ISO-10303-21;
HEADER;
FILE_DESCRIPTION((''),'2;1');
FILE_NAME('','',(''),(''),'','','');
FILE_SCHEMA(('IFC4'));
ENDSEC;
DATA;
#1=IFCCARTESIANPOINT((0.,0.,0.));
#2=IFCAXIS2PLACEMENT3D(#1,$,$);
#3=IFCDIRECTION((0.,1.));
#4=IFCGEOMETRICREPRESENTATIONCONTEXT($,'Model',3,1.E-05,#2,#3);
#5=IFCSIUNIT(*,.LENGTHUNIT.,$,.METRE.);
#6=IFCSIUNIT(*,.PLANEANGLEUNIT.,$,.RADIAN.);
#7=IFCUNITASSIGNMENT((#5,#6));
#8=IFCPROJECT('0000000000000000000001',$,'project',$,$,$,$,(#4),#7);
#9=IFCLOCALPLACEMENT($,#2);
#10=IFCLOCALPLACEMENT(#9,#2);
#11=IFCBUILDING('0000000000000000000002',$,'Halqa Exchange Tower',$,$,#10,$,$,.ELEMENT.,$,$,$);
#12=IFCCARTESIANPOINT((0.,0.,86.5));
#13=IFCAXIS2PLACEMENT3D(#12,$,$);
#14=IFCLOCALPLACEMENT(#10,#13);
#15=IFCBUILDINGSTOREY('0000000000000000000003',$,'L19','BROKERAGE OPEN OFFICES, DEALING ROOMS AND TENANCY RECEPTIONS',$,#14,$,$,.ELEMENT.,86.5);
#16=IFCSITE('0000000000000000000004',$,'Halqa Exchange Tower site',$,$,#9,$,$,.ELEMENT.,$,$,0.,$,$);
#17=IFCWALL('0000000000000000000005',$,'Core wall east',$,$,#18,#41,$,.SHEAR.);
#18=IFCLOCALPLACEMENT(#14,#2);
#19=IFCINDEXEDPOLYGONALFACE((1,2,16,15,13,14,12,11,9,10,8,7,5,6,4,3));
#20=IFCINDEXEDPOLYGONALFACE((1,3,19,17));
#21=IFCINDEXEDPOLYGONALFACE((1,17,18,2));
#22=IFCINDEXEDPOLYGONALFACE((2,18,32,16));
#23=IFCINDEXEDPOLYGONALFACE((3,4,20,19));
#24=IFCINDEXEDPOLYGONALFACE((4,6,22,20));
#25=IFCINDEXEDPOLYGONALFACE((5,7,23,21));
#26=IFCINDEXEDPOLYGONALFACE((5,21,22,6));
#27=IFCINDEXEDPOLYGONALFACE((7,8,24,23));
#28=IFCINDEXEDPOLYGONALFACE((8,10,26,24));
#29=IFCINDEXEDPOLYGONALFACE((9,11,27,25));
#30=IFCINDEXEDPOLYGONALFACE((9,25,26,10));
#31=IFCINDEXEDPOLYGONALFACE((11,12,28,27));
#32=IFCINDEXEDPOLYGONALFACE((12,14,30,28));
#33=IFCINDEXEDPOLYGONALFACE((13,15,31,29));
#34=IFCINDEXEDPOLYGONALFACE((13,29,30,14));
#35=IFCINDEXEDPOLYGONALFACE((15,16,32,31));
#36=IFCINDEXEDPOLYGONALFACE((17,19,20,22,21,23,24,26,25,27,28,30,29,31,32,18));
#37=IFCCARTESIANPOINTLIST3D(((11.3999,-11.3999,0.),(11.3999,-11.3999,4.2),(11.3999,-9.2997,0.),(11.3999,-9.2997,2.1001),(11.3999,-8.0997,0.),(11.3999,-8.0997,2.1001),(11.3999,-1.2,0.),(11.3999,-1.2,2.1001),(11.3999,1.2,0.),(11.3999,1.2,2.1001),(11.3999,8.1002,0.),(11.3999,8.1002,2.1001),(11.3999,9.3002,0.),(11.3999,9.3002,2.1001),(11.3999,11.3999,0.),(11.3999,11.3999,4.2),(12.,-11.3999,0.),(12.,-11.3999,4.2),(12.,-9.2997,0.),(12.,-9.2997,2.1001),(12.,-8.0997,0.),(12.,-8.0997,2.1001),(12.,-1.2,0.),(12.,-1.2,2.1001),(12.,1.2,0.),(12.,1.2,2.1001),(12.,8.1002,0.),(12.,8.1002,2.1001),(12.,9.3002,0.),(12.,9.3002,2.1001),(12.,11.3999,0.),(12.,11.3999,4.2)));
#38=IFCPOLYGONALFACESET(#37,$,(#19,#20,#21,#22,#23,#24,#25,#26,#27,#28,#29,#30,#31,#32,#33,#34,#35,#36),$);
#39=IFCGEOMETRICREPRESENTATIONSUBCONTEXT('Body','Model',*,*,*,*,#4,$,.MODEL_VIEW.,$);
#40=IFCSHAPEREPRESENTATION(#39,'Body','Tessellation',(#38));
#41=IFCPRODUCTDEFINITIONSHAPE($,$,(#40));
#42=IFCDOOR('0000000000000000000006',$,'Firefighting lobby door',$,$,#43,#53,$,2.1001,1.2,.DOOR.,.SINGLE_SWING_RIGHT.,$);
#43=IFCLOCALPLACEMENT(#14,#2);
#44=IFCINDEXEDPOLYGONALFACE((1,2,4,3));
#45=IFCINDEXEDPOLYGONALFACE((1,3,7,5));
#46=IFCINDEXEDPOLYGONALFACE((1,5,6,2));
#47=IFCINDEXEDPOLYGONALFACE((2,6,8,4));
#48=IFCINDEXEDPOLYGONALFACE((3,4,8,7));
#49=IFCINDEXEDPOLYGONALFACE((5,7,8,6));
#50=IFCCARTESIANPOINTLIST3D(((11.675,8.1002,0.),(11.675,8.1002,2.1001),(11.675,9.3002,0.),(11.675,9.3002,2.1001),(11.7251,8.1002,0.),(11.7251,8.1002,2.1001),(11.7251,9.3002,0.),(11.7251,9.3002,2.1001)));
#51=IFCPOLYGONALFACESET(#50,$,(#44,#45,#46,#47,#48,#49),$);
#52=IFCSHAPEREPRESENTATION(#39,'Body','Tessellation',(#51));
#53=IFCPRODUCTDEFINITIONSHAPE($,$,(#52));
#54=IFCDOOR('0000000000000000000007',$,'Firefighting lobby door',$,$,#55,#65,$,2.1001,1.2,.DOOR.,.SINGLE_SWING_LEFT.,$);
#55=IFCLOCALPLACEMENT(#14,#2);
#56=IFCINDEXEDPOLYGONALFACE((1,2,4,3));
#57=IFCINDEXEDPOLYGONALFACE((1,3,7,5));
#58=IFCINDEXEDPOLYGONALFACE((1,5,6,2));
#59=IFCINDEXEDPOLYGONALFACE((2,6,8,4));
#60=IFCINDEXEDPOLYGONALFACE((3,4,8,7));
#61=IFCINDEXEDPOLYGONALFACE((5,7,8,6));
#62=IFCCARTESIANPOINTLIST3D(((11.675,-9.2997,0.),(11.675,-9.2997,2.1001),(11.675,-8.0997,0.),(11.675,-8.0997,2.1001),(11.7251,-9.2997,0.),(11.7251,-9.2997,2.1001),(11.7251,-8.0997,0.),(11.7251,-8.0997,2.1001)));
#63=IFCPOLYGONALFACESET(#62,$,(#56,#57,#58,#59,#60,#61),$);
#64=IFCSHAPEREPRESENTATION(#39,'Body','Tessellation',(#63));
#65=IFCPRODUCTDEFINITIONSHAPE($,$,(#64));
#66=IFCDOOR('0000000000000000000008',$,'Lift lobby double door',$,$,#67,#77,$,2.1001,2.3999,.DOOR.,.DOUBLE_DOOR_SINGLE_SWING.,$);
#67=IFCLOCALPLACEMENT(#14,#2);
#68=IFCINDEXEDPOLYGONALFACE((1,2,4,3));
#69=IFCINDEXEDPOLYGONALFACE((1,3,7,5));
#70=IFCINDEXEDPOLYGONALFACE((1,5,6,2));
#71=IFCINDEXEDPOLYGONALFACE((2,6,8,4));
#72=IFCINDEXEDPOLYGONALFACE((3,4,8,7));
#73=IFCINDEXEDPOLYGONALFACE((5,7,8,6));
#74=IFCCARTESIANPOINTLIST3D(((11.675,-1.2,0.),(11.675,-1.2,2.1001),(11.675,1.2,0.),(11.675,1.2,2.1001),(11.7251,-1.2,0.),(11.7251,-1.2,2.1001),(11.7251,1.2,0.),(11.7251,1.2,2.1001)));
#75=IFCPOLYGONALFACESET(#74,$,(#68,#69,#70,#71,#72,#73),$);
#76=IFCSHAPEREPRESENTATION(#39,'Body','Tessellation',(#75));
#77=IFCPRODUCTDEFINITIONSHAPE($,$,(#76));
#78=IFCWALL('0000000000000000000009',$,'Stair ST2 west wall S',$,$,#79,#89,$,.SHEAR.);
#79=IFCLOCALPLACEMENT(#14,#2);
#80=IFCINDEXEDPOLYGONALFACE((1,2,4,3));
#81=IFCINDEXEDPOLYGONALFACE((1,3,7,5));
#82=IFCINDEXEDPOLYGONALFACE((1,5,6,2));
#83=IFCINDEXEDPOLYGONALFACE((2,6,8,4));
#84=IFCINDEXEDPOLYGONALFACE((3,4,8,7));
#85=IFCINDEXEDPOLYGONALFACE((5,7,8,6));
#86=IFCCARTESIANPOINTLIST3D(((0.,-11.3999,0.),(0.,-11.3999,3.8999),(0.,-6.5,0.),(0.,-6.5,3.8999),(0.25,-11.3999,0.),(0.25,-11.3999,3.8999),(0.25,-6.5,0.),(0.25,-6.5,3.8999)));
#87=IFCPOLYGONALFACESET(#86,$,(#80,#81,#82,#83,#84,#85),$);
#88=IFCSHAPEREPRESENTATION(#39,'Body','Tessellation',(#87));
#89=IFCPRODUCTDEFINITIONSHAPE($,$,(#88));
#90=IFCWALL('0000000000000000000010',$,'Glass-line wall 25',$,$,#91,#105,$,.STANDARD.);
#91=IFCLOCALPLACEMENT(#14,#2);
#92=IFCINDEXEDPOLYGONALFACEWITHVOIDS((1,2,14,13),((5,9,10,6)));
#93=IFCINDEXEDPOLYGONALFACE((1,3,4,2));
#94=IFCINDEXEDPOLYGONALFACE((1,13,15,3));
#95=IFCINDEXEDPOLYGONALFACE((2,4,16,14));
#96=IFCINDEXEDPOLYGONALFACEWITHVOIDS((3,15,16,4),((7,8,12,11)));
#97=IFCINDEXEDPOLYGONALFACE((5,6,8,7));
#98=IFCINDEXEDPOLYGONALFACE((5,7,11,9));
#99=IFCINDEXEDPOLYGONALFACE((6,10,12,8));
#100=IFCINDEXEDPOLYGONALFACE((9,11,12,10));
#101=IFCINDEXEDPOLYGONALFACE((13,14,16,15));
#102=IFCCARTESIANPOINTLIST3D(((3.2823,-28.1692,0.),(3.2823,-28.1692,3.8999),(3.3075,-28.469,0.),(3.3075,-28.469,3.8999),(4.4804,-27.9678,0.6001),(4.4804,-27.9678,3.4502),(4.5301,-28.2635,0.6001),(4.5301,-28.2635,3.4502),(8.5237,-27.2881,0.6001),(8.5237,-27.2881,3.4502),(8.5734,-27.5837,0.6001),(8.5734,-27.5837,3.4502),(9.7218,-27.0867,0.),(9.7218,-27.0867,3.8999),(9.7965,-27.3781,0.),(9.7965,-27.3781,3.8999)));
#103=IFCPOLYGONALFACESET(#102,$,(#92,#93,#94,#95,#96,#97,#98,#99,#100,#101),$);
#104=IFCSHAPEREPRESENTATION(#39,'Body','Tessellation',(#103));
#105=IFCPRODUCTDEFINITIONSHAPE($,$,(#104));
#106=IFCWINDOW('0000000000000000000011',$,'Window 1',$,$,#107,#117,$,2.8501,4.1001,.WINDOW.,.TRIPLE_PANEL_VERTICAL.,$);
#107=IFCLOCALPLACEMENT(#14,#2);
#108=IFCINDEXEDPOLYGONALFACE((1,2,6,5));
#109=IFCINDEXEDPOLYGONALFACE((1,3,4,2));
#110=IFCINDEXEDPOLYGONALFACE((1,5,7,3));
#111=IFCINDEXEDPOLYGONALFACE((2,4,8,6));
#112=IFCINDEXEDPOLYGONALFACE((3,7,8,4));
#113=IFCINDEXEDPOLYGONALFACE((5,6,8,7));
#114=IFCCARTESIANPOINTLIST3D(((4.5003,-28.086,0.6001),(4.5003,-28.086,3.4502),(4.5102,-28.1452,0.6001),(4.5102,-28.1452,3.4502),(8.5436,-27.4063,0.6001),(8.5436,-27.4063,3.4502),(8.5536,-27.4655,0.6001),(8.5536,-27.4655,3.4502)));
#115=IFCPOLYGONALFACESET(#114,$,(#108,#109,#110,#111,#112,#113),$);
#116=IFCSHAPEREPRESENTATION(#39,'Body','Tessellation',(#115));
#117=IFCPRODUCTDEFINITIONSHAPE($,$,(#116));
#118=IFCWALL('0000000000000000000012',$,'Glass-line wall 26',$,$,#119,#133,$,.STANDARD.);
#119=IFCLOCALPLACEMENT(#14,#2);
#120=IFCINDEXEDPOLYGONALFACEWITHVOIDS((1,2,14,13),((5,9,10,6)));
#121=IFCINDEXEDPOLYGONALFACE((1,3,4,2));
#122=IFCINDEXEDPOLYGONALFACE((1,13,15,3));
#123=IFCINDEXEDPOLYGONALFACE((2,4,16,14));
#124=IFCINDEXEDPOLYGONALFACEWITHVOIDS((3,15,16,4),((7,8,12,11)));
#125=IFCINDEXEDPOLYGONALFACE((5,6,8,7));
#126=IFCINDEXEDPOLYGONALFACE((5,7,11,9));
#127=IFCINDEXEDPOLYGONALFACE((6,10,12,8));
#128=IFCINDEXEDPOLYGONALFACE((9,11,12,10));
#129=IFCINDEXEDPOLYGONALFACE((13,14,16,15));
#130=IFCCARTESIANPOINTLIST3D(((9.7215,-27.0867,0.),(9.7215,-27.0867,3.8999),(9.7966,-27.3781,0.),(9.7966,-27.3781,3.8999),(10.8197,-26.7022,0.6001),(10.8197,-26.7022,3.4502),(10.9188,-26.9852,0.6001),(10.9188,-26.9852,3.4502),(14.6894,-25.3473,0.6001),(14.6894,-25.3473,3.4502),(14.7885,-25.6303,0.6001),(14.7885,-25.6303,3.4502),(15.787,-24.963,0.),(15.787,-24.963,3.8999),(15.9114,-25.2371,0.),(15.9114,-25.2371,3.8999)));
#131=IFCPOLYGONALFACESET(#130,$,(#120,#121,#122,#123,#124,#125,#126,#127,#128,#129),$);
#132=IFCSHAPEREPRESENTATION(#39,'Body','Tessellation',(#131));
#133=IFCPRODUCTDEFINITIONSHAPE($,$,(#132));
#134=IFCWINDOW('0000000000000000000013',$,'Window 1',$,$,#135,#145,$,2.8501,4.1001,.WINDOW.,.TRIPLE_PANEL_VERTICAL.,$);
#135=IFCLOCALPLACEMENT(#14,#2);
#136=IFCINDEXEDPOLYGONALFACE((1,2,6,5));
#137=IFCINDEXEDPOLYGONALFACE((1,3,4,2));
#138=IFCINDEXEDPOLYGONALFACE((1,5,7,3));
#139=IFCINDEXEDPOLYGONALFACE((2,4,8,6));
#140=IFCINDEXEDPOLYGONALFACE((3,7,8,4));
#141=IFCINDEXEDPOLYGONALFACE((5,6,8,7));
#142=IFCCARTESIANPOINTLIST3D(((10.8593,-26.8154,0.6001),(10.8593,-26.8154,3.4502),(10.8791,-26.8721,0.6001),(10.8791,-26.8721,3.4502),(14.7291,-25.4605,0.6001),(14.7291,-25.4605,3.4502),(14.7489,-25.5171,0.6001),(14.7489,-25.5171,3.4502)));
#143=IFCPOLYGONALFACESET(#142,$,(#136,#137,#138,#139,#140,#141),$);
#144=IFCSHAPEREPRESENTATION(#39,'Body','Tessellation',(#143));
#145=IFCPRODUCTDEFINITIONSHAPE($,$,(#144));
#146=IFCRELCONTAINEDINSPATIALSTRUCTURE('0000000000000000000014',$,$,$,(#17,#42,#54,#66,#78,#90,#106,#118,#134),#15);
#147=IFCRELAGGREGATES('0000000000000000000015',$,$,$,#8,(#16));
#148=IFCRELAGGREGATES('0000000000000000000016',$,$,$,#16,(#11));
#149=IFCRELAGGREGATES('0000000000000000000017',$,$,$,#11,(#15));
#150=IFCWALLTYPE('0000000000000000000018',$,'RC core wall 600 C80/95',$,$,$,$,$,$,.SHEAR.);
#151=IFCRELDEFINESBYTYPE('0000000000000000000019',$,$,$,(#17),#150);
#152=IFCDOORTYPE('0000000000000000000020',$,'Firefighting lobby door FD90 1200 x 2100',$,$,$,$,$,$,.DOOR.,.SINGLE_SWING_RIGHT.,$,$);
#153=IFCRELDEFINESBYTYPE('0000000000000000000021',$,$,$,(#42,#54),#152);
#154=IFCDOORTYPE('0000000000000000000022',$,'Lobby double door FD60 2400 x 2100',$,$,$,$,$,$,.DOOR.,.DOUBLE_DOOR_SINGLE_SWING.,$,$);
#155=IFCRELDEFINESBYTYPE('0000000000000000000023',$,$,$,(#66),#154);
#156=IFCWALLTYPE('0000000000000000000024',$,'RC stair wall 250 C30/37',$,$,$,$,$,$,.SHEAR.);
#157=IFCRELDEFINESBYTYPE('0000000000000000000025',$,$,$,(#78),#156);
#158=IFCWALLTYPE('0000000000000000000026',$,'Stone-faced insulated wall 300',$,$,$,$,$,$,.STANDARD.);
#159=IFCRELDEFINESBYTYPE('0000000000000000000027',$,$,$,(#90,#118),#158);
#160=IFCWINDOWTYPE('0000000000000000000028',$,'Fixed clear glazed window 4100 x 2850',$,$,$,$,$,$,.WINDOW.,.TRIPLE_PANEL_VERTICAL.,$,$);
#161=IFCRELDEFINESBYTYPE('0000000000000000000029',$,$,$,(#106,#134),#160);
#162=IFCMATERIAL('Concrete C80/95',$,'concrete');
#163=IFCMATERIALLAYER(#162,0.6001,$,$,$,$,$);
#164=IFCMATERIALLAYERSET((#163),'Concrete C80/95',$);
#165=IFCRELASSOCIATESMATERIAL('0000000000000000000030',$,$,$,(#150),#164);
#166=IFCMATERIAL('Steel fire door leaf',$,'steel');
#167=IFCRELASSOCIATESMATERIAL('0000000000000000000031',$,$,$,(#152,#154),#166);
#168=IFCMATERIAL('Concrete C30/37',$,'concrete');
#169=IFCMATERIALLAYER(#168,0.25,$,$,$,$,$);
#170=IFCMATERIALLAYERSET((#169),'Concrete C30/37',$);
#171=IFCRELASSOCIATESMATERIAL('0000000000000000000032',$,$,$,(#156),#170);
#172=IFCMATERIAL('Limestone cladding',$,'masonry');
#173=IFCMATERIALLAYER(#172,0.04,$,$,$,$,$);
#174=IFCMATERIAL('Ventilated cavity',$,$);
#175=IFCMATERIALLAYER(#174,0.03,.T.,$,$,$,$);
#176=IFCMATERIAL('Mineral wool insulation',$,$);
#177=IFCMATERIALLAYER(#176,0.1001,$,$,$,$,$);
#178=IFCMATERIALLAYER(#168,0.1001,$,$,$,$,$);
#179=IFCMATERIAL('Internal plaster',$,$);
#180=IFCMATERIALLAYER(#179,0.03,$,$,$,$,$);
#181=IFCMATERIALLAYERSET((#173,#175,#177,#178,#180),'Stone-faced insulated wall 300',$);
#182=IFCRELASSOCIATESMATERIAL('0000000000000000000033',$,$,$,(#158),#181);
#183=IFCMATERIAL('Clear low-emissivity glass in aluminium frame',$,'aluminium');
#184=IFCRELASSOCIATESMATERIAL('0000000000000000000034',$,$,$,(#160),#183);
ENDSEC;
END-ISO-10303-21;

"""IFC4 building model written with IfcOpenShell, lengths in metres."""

from ifc_helpers import new_model, si_unit, direction, frame, frame_2d, origin, place, context, subcontext, project, spatial, polyline, rectangle, outline, extrude, material, layer, layer_set, type_object, element, fill, save


model = new_model("IFC4")

# Units and contexts
model_context = context("Model", 3, precision=1e-05, world=origin(), true_north=direction((0.0, 1.0)))
body_context = subcontext(model_context, "Body", "Model", "MODEL_VIEW")
ifc_project = project(units=[si_unit("LENGTHUNIT", "METRE"), si_unit("PLANEANGLEUNIT", "RADIAN")], contexts=[model_context])

# Site, building, storey
site_placement = place(None, origin())
site = spatial("IfcSite", under=ifc_project, at=site_placement, Name="Halqa Exchange Tower site", CompositionType="ELEMENT", RefElevation=0.0)
building_placement = place(site_placement, origin())
building = spatial("IfcBuilding", under=site, at=building_placement, Name="Halqa Exchange Tower", CompositionType="ELEMENT")
storey_placement = place(building_placement, frame((0.0, 0.0, 86.5)))
storey = spatial("IfcBuildingStorey", under=building, at=storey_placement, Name="L19", Description="BROKERAGE OPEN OFFICES, DEALING ROOMS AND TENANCY RECEPTIONS", CompositionType="ELEMENT", Elevation=86.5)

# Wall, openings, doors
ifc_material_1 = material(Name="Concrete C80/95", Category="concrete")
ifc_layer_1 = layer(ifc_material_1, 0.6001)
ifc_layer_set_1 = layer_set([ifc_layer_1], Name="Concrete C80/95")
wall_type_1 = type_object("IfcWallType", Name="RC core wall 600 C80/95", PredefinedType="SHEAR", material=ifc_layer_set_1)
wall_1_placement = place(storey_placement, frame((11.7, -11.3999, 0.0), z_axis=(0.0, 0.0, 1.0), x_axis=(0.0, 1.0, 0.0)))
wall_1 = element("IfcWall", 1, at=wall_1_placement, inside=storey, type_object=wall_type_1, Name="Core wall east", PredefinedType="SHEAR", context=body_context, shape_type="SweptSolid", body=[
    extrude(rectangle(XDim=22.7998, YDim=0.6001, at=frame_2d((11.3999, 0.0))), origin(), (0.0, 0.0, 1.0), 4.2),
])
opening_1_placement = place(wall_1_placement, frame((10.2, 0.0, 0.0)))
opening_1 = element("IfcOpeningElement", 2, at=opening_1_placement, cuts=wall_1, PredefinedType="OPENING", context=body_context, shape_type="SweptSolid", body=[
    extrude(rectangle(XDim=2.3999, YDim=2.1001, at=frame_2d((1.2, 1.05))), frame((0.0, 0.312, 0.0), z_axis=(0.0, -1.0, 0.0), x_axis=(1.0, 0.0, 0.0)), (0.0, 0.0, 1.0), 0.624),
])
opening_2_placement = place(wall_1_placement, frame((19.5, 0.0, 0.0)))
opening_2 = element("IfcOpeningElement", 3, at=opening_2_placement, cuts=wall_1, PredefinedType="OPENING", context=body_context, shape_type="SweptSolid", body=[
    extrude(rectangle(XDim=1.2, YDim=2.1001, at=frame_2d((0.6001, 1.05))), frame((0.0, 0.312, 0.0), z_axis=(0.0, -1.0, 0.0), x_axis=(1.0, 0.0, 0.0)), (0.0, 0.0, 1.0), 0.624),
])
opening_3_placement = place(wall_1_placement, frame((2.1001, 0.0, 0.0)))
opening_3 = element("IfcOpeningElement", 4, at=opening_3_placement, cuts=wall_1, PredefinedType="OPENING", context=body_context, shape_type="SweptSolid", body=[
    extrude(rectangle(XDim=1.2, YDim=2.1001, at=frame_2d((0.6001, 1.05))), frame((0.0, 0.312, 0.0), z_axis=(0.0, -1.0, 0.0), x_axis=(1.0, 0.0, 0.0)), (0.0, 0.0, 1.0), 0.624),
])
ifc_material_2 = material(Name="Steel fire door leaf", Category="steel")
door_type_1 = type_object("IfcDoorType", Name="Firefighting lobby door FD90 1200 x 2100", OperationType="SINGLE_SWING_RIGHT", PredefinedType="DOOR", material=ifc_material_2)
door_1_placement = place(opening_2_placement, origin())
door_1 = element("IfcDoor", 5, at=door_1_placement, inside=storey, type_object=door_type_1, Name="Firefighting lobby door", OperationType="SINGLE_SWING_RIGHT", OverallHeight=2.1001, OverallWidth=1.2, PredefinedType="DOOR", context=body_context, shape_type="SweptSolid", body=[
    extrude(rectangle(XDim=1.2, YDim=2.1001, at=frame_2d((0.6001, 1.05))), frame((0.0, 0.0249, 0.0), z_axis=(0.0, -1.0, 0.0), x_axis=(1.0, 0.0, 0.0)), (0.0, 0.0, 1.0), 0.05),
])
fill(opening_2, door_1)
door_2_placement = place(opening_3_placement, origin())
door_2 = element("IfcDoor", 6, at=door_2_placement, inside=storey, type_object=door_type_1, Name="Firefighting lobby door", OperationType="SINGLE_SWING_LEFT", OverallHeight=2.1001, OverallWidth=1.2, PredefinedType="DOOR", context=body_context, shape_type="SweptSolid", body=[
    extrude(rectangle(XDim=1.2, YDim=2.1001, at=frame_2d((0.6001, 1.05))), frame((0.0, 0.0249, 0.0), z_axis=(0.0, -1.0, 0.0), x_axis=(1.0, 0.0, 0.0)), (0.0, 0.0, 1.0), 0.05),
])
fill(opening_3, door_2)
door_type_2 = type_object("IfcDoorType", Name="Lobby double door FD60 2400 x 2100", OperationType="DOUBLE_DOOR_SINGLE_SWING", PredefinedType="DOOR", material=ifc_material_2)
door_3_placement = place(opening_1_placement, origin())
door_3 = element("IfcDoor", 7, at=door_3_placement, inside=storey, type_object=door_type_2, Name="Lift lobby double door", OperationType="DOUBLE_DOOR_SINGLE_SWING", OverallHeight=2.1001, OverallWidth=2.3999, PredefinedType="DOOR", context=body_context, shape_type="SweptSolid", body=[
    extrude(rectangle(XDim=2.3999, YDim=2.1001, at=frame_2d((1.2, 1.05))), frame((0.0, 0.0249, 0.0), z_axis=(0.0, -1.0, 0.0), x_axis=(1.0, 0.0, 0.0)), (0.0, 0.0, 1.0), 0.05),
])
fill(opening_1, door_3)

# Wall
ifc_material_3 = material(Name="Concrete C30/37", Category="concrete")
ifc_layer_2 = layer(ifc_material_3, 0.25)
ifc_layer_set_2 = layer_set([ifc_layer_2], Name="Concrete C30/37")
wall_type_2 = type_object("IfcWallType", Name="RC stair wall 250 C30/37", PredefinedType="SHEAR", material=ifc_layer_set_2)
wall_2_placement = place(storey_placement, frame((0.125, -11.3999, 0.0), z_axis=(0.0, 0.0, 1.0), x_axis=(0.0, 1.0, 0.0)))
element("IfcWall", 8, at=wall_2_placement, inside=storey, type_object=wall_type_2, Name="Stair ST2 west wall S", PredefinedType="SHEAR", context=body_context, shape_type="SweptSolid", body=[
    extrude(rectangle(XDim=4.8999, YDim=0.25, at=frame_2d((2.45, 0.0))), origin(), (0.0, 0.0, 1.0), 3.8999),
])

# Walls, openings, windows
ifc_material_4 = material(Name="Limestone cladding", Category="masonry")
ifc_layer_3 = layer(ifc_material_4, 0.04)
ifc_material_5 = material(Name="Ventilated cavity")
ifc_layer_4 = layer(ifc_material_5, 0.03, ventilated=True)
ifc_material_6 = material(Name="Mineral wool insulation")
ifc_layer_5 = layer(ifc_material_6, 0.1001)
ifc_layer_6 = layer(ifc_material_3, 0.1001)
ifc_material_7 = material(Name="Internal plaster")
ifc_layer_7 = layer(ifc_material_7, 0.03)
ifc_layer_set_3 = layer_set([ifc_layer_3, ifc_layer_4, ifc_layer_5, ifc_layer_6, ifc_layer_7], Name="Stone-faced insulated wall 300")
wall_type_3 = type_object("IfcWallType", Name="Stone-faced insulated wall 300", PredefinedType="STANDARD", material=ifc_layer_set_3)
wall_3_placement = place(storey_placement, frame((3.2949, -28.3191, 0.0), z_axis=(0.0, 0.0, 1.0), x_axis=(0.986162, 0.165782, 0.0)))
wall_3 = element("IfcWall", 9, at=wall_3_placement, inside=storey, type_object=wall_type_3, Name="Glass-line wall 25", PredefinedType="STANDARD", context=body_context, shape_type="SweptSolid", body=[
    extrude(outline(polyline([(-0.0125, -0.1499), (6.5676, -0.1499), (6.5422, 0.1499), (0.0125, 0.1499), (-0.0125, -0.1499)])), origin(), (0.0, 0.0, 1.0), 3.8999),
])
opening_4_placement = place(wall_3_placement, frame((1.2273, 0.0, 0.6001)))
opening_4 = element("IfcOpeningElement", 10, at=opening_4_placement, cuts=wall_3, PredefinedType="OPENING", context=body_context, shape_type="SweptSolid", body=[
    extrude(rectangle(XDim=4.1001, YDim=2.8501, at=frame_2d((2.05, 1.425))), frame((0.0, 0.1621, 0.0), z_axis=(0.0, -1.0, 0.0), x_axis=(1.0, 0.0, 0.0)), (0.0, 0.0, 1.0), 0.324),
])
ifc_material_8 = material(Name="Clear low-emissivity glass in aluminium frame", Category="aluminium")
window_type = type_object("IfcWindowType", Name="Fixed clear glazed window 4100 x 2850", PartitioningType="TRIPLE_PANEL_VERTICAL", PredefinedType="WINDOW", material=ifc_material_8)
window_1_placement = place(opening_4_placement, origin())
window_1 = element("IfcWindow", 11, at=window_1_placement, inside=storey, type_object=window_type, Name="Window 1", OverallHeight=2.8501, OverallWidth=4.1001, PartitioningType="TRIPLE_PANEL_VERTICAL", PredefinedType="WINDOW", context=body_context, shape_type="SweptSolid", body=[
    extrude(rectangle(XDim=4.1001, YDim=2.8501, at=frame_2d((2.05, 1.425))), frame((0.0, 0.03, 0.0), z_axis=(0.0, -1.0, 0.0), x_axis=(1.0, 0.0, 0.0)), (0.0, 0.0, 1.0), 0.0601),
])
fill(opening_4, window_1)
wall_4_placement = place(storey_placement, frame((9.759, -27.2324, 0.0), z_axis=(0.0, 0.0, 1.0), x_axis=(0.94382, 0.33046, 0.0)))
wall_4 = element("IfcWall", 12, at=wall_4_placement, inside=storey, type_object=wall_type_3, Name="Glass-line wall 26", PredefinedType="STANDARD", context=body_context, shape_type="SweptSolid", body=[
    extrude(outline(polyline([(-0.0127, -0.1499), (6.4661, -0.1499), (6.4392, 0.1499), (0.0127, 0.1499), (-0.0127, -0.1499)])), origin(), (0.0, 0.0, 1.0), 3.8999),
])
opening_5_placement = place(wall_4_placement, frame((1.1763, 0.0, 0.6001)))
opening_5 = element("IfcOpeningElement", 13, at=opening_5_placement, cuts=wall_4, PredefinedType="OPENING", context=body_context, shape_type="SweptSolid", body=[
    extrude(rectangle(XDim=4.1001, YDim=2.8501, at=frame_2d((2.05, 1.425))), frame((0.0, 0.1621, 0.0), z_axis=(0.0, -1.0, 0.0), x_axis=(1.0, 0.0, 0.0)), (0.0, 0.0, 1.0), 0.324),
])
window_2_placement = place(opening_5_placement, origin())
window_2 = element("IfcWindow", 14, at=window_2_placement, inside=storey, type_object=window_type, Name="Window 1", OverallHeight=2.8501, OverallWidth=4.1001, PartitioningType="TRIPLE_PANEL_VERTICAL", PredefinedType="WINDOW", context=body_context, shape_type="SweptSolid", body=[
    extrude(rectangle(XDim=4.1001, YDim=2.8501, at=frame_2d((2.05, 1.425))), frame((0.0, 0.03, 0.0), z_axis=(0.0, -1.0, 0.0), x_axis=(1.0, 0.0, 0.0)), (0.0, 0.0, 1.0), 0.0601),
])
fill(opening_5, window_2)

save(model, "model.ifc")
